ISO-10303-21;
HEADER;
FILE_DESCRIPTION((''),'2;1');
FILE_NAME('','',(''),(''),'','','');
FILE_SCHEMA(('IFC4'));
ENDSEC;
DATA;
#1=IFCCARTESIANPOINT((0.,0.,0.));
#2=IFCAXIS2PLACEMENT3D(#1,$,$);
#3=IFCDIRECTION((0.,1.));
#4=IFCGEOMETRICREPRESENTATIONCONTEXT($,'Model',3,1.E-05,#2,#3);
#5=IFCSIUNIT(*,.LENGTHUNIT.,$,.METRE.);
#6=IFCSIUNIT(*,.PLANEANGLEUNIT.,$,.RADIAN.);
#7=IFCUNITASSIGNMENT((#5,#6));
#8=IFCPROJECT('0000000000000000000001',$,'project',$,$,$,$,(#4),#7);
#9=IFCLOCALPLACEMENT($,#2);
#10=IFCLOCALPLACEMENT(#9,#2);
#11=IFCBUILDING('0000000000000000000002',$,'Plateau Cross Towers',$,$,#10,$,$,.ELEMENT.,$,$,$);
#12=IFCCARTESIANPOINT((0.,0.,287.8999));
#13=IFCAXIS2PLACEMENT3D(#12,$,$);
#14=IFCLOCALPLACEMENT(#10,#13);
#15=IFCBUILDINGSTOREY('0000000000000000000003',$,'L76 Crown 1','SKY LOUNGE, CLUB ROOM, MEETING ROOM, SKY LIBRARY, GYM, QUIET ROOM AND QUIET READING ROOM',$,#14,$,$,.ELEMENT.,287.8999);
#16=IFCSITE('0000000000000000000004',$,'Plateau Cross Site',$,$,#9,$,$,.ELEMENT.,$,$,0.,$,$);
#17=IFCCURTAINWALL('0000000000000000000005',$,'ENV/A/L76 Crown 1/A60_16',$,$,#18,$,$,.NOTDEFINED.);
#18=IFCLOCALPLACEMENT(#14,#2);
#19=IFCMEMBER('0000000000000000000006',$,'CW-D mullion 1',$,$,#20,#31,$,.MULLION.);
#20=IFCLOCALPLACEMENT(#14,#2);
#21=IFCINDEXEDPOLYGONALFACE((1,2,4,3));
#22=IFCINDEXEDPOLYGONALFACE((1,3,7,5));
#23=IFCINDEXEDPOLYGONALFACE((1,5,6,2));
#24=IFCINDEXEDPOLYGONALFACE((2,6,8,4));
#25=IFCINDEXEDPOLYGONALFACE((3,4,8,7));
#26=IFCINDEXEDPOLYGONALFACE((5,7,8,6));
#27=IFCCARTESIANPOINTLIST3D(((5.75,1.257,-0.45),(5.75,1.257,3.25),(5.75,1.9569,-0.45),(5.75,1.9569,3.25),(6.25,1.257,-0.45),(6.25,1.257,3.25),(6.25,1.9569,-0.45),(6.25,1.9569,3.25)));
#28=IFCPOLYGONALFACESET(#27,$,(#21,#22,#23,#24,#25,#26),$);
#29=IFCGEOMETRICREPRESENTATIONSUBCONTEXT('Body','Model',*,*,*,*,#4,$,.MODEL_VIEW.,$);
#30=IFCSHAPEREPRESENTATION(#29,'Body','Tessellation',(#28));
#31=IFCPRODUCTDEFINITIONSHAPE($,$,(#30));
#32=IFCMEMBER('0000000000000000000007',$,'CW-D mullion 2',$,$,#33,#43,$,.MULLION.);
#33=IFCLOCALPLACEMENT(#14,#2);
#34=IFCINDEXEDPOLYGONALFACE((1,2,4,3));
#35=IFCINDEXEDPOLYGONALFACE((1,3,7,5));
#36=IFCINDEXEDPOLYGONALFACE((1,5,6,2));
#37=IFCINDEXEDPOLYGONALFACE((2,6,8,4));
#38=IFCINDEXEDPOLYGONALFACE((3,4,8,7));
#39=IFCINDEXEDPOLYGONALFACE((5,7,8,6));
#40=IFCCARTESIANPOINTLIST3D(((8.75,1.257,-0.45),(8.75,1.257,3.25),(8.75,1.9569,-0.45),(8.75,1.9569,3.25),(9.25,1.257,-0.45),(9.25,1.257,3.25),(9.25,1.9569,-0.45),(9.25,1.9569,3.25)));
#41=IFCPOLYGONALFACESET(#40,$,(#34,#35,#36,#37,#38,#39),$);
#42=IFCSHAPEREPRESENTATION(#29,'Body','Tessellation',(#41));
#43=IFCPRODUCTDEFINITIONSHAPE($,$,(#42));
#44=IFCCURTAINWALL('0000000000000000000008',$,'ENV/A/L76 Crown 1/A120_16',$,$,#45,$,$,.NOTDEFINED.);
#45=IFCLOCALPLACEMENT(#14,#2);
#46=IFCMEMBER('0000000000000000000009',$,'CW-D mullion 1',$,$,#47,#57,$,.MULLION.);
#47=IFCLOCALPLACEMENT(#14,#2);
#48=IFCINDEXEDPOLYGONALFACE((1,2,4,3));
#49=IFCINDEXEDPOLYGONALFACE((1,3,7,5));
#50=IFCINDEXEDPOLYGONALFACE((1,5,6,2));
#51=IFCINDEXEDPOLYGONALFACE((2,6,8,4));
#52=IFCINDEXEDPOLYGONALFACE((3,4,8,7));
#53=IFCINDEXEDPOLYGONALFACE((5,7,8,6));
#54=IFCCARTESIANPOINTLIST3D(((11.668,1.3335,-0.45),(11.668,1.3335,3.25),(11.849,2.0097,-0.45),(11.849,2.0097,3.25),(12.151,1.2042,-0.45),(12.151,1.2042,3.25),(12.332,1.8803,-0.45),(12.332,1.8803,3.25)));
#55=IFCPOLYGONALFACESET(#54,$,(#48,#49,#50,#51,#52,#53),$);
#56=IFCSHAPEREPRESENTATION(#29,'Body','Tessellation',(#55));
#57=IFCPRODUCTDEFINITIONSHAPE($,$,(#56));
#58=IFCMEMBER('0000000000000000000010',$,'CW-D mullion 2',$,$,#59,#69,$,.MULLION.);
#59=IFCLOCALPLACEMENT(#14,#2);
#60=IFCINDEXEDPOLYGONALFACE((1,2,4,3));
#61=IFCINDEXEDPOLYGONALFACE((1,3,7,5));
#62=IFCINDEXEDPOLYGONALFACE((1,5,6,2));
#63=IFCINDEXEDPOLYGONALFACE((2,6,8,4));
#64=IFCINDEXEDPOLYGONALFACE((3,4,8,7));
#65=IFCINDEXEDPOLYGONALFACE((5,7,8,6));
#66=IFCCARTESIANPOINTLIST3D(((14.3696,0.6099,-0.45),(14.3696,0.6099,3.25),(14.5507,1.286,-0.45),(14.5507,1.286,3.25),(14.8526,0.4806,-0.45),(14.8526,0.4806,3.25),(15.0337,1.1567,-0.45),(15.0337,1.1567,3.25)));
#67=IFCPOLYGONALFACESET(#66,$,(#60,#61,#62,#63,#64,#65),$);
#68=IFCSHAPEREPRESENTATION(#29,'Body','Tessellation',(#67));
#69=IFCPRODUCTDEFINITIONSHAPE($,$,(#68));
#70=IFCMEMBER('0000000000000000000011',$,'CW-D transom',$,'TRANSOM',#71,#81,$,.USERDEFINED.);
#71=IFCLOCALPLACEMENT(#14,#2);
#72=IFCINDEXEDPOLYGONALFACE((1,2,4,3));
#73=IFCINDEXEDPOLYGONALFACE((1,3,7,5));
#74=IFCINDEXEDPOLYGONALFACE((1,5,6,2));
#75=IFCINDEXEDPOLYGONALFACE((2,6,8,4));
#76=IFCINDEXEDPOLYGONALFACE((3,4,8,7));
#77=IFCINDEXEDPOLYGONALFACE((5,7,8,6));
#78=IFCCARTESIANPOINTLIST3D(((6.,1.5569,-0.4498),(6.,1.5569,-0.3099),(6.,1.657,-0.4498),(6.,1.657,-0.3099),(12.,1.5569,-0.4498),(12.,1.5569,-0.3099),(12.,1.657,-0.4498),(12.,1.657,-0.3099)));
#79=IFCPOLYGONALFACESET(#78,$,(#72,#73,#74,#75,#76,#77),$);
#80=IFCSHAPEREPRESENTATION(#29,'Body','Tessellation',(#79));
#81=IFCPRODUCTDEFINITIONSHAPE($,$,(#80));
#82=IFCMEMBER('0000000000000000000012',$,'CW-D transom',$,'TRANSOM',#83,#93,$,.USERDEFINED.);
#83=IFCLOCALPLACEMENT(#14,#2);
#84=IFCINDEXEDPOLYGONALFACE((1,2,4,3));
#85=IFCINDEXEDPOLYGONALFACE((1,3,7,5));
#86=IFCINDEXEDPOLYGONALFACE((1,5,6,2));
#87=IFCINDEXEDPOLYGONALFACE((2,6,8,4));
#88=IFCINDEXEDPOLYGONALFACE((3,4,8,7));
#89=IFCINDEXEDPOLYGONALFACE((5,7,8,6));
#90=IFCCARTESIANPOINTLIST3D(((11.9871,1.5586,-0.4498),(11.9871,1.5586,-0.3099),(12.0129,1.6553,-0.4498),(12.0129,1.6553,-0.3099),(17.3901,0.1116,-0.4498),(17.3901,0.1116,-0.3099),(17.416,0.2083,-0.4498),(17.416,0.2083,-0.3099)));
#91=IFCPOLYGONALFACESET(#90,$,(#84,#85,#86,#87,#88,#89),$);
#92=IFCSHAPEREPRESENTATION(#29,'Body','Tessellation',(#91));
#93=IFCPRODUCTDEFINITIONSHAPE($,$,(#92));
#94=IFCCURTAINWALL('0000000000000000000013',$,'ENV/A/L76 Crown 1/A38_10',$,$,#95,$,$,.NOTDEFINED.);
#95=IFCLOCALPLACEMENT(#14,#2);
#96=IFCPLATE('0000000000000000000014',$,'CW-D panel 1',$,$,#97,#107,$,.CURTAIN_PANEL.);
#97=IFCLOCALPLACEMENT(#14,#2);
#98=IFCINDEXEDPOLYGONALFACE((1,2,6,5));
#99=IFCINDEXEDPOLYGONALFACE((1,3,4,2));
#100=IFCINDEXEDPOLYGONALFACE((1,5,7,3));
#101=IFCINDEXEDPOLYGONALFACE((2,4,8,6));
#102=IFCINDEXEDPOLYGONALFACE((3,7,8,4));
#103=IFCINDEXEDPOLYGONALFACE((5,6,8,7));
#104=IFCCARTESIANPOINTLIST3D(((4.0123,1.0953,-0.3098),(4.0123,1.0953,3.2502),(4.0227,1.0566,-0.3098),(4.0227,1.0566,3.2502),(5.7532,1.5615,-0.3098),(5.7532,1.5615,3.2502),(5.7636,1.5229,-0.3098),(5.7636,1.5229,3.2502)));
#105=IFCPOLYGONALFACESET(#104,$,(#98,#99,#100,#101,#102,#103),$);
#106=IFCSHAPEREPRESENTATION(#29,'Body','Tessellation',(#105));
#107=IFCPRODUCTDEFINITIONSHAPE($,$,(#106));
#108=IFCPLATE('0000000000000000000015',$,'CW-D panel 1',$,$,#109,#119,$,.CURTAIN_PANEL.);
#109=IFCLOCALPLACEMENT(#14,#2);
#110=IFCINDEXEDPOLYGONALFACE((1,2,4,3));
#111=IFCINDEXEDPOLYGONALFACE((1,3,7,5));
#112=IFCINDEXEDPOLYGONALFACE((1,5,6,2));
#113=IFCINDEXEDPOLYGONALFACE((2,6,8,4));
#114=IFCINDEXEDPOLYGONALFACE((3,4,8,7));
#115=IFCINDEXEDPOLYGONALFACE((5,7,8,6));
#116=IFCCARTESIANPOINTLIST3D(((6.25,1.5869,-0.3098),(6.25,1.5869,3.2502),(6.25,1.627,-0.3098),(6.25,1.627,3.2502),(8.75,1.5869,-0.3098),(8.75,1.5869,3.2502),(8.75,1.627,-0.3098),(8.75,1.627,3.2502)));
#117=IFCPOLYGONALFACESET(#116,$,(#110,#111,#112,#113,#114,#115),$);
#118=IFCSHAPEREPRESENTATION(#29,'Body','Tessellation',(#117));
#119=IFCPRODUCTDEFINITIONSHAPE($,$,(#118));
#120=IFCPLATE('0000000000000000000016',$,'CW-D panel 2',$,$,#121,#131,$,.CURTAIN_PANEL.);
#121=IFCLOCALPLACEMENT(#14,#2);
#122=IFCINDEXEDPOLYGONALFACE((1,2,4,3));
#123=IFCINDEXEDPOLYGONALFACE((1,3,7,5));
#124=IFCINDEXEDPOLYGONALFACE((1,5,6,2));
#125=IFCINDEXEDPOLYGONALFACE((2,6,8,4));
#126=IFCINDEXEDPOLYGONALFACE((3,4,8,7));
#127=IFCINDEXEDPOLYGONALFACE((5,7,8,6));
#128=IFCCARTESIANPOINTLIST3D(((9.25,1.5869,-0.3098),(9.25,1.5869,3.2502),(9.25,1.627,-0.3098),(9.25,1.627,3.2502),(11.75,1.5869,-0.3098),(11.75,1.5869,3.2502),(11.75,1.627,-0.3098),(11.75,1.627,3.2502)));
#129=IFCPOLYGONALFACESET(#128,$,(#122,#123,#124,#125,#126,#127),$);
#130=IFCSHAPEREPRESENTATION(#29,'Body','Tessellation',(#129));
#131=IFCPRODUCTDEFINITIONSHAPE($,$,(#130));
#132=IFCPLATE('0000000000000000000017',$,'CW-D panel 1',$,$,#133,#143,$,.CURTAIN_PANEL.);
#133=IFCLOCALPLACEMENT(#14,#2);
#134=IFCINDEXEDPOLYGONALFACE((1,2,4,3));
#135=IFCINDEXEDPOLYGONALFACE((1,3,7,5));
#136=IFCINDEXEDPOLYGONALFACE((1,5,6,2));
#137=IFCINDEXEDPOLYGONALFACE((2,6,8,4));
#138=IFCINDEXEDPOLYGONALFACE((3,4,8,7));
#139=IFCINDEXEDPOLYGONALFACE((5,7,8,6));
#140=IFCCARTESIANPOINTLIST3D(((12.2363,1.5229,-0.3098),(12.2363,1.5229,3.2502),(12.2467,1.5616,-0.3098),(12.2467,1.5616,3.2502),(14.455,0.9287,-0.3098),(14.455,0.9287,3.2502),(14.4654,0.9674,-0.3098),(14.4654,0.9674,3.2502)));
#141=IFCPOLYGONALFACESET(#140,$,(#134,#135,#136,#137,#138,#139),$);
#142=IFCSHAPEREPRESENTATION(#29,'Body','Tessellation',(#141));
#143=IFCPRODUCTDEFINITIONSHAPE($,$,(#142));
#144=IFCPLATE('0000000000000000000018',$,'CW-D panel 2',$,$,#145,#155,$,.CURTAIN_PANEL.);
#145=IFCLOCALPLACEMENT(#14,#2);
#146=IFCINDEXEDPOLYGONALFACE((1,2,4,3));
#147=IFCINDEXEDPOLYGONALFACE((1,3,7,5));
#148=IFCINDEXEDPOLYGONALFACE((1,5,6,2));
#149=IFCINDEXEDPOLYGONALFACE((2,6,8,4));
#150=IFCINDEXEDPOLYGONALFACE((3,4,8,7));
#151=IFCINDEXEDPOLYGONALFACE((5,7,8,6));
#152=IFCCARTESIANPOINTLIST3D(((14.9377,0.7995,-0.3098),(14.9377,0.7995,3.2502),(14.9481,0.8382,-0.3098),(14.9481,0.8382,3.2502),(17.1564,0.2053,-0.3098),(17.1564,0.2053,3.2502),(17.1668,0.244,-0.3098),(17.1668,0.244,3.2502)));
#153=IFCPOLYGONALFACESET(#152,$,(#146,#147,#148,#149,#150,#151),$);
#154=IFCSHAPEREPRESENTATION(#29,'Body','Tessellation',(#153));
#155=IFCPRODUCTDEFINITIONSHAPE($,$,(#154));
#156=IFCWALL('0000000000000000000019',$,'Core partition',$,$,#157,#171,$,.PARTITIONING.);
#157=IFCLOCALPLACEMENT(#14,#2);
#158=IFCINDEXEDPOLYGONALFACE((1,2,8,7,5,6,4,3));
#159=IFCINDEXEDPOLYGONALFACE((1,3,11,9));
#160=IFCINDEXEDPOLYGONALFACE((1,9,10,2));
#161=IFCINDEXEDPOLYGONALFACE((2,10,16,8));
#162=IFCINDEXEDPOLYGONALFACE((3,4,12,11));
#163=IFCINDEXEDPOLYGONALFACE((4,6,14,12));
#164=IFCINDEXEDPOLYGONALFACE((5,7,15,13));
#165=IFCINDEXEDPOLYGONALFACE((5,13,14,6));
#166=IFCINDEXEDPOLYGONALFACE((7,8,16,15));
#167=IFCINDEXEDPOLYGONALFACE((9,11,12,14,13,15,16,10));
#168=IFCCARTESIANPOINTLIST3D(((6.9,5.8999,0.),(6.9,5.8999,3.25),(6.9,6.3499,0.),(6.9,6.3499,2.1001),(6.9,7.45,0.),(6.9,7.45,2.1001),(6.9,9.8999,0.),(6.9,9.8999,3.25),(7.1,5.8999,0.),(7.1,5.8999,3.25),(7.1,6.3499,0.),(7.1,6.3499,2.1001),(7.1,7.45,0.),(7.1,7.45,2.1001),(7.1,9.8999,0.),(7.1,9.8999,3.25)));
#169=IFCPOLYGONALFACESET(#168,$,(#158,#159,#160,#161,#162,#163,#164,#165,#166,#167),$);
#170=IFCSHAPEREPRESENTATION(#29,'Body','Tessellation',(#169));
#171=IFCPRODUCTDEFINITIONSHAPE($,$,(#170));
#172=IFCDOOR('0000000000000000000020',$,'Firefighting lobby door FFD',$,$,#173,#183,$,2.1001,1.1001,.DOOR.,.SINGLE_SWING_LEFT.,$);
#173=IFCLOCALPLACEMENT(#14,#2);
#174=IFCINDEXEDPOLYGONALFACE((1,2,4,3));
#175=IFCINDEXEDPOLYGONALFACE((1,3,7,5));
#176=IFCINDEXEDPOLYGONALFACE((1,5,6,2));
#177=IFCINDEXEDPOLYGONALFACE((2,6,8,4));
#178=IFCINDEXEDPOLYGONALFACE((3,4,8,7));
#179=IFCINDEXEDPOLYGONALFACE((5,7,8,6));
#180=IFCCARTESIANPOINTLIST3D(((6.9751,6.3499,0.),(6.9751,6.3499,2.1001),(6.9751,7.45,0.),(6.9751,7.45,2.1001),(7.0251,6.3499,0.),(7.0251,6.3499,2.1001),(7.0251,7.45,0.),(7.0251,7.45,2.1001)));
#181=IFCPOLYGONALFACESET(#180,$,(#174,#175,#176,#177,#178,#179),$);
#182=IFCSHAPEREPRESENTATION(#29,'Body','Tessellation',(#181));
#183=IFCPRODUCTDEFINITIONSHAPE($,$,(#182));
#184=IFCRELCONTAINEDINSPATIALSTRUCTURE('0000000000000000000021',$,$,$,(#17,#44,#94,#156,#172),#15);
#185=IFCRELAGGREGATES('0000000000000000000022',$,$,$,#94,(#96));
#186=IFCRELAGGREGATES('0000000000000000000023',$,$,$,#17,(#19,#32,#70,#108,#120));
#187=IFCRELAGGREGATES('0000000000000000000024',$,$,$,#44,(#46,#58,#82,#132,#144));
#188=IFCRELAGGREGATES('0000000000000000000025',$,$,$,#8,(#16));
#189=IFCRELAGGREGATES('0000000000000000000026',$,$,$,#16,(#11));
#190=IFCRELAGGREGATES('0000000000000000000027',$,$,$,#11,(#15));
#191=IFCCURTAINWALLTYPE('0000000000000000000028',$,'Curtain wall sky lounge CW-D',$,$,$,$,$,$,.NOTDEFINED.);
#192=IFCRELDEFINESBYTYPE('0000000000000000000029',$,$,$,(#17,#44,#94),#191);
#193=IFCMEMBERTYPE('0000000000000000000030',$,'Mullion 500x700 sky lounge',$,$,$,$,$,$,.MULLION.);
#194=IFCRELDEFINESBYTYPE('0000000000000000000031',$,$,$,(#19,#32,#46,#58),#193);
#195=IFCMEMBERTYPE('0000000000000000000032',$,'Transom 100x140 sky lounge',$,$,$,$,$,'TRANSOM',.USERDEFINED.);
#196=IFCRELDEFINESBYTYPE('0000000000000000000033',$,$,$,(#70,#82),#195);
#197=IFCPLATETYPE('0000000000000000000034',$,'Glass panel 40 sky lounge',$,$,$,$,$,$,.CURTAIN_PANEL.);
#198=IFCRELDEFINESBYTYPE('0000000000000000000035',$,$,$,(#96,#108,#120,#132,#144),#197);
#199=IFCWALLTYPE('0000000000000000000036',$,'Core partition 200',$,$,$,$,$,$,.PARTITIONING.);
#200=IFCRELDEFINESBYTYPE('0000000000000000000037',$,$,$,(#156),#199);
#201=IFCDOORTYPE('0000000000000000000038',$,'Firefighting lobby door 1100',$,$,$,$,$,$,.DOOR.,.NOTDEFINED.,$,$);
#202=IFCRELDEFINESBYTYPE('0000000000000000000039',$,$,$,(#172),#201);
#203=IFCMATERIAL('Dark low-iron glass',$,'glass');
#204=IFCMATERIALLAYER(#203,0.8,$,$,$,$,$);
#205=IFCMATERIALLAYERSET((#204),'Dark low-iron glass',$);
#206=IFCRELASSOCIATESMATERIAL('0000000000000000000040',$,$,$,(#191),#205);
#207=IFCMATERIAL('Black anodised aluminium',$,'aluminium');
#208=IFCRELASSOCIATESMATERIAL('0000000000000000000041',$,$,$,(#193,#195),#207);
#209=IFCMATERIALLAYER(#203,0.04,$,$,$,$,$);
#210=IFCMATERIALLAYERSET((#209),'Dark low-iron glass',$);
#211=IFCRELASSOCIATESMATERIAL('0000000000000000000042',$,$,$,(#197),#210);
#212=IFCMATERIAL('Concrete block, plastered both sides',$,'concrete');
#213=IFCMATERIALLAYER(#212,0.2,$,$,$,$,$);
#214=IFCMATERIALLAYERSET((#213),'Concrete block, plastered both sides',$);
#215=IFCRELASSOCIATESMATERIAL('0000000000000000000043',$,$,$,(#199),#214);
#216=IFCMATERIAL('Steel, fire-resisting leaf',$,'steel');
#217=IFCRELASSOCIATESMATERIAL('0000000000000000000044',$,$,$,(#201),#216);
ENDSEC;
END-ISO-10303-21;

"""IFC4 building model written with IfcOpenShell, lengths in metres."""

from ifc_helpers import new_model, si_unit, direction, frame, frame_2d, origin, origin_2d, place, context, subcontext, project, spatial, rectangle, extrude, material, layer, layer_set, material_profile, profile_set, type_object, element, fill, aggregate, save


model = new_model("IFC4")

# Units and contexts
model_context = context("Model", 3, precision=1e-05, world=origin(), true_north=direction((0.0, 1.0)))
body_context = subcontext(model_context, "Body", "Model", "MODEL_VIEW")
ifc_project = project(units=[si_unit("LENGTHUNIT", "METRE"), si_unit("PLANEANGLEUNIT", "RADIAN")], contexts=[model_context])

# Site, building, storey
site_placement = place(None, origin())
site = spatial("IfcSite", under=ifc_project, at=site_placement, Name="Plateau Cross Site", CompositionType="ELEMENT", RefElevation=0.0)
building_placement = place(site_placement, origin())
building = spatial("IfcBuilding", under=site, at=building_placement, Name="Plateau Cross Towers", CompositionType="ELEMENT")
storey_placement = place(building_placement, frame((0.0, 0.0, 287.8999)))
storey = spatial("IfcBuildingStorey", under=building, at=storey_placement, Name="L76 Crown 1", Description="SKY LOUNGE, CLUB ROOM, MEETING ROOM, SKY LIBRARY, GYM, QUIET ROOM AND QUIET READING ROOM", CompositionType="ELEMENT", Elevation=287.8999)

# Curtain walls, members
ifc_material_1 = material(Name="Dark low-iron glass", Category="glass")
ifc_layer_1 = layer(ifc_material_1, 0.8)
ifc_layer_set_1 = layer_set([ifc_layer_1], Name="Dark low-iron glass")
curtain_wall_type = type_object("IfcCurtainWallType", Name="Curtain wall sky lounge CW-D", PredefinedType="NOTDEFINED", material=ifc_layer_set_1)
curtain_wall_1_placement = place(storey_placement, origin())
curtain_wall_1 = element("IfcCurtainWall", 1, at=curtain_wall_1_placement, inside=storey, type_object=curtain_wall_type, Name="ENV/A/L76 Crown 1/A60_16", PredefinedType="NOTDEFINED")
ifc_material_2 = material(Name="Black anodised aluminium", Category="aluminium")
ifc_material_profile_1 = material_profile(ifc_material_2, rectangle(XDim=0.5, YDim=0.7, at=origin_2d()), Name="MULLION 500x700")
ifc_profile_set_1 = profile_set([ifc_material_profile_1], Name="Black anodised aluminium")
member_type_1 = type_object("IfcMemberType", Name="Mullion 500x700 sky lounge", PredefinedType="MULLION", material=ifc_profile_set_1)
member_1_placement = place(storey_placement, frame((6.0, 1.6069, -0.45), z_axis=(0.0, 0.0, 1.0), x_axis=(1.0, 0.0, 0.0)))
member_1 = element("IfcMember", 2, at=member_1_placement, type_object=member_type_1, Name="CW-D mullion 1", PredefinedType="MULLION", context=body_context, shape_type="SweptSolid", body=[
    extrude(rectangle(XDim=0.5, YDim=0.7, at=origin_2d()), origin(), (0.0, 0.0, 1.0), 3.7),
])
member_2_placement = place(storey_placement, frame((9.0, 1.6069, -0.45), z_axis=(0.0, 0.0, 1.0), x_axis=(1.0, 0.0, 0.0)))
member_2 = element("IfcMember", 3, at=member_2_placement, type_object=member_type_1, Name="CW-D mullion 2", PredefinedType="MULLION", context=body_context, shape_type="SweptSolid", body=[
    extrude(rectangle(XDim=0.5, YDim=0.7, at=origin_2d()), origin(), (0.0, 0.0, 1.0), 3.7),
])
curtain_wall_2_placement = place(storey_placement, origin())
curtain_wall_2 = element("IfcCurtainWall", 4, at=curtain_wall_2_placement, inside=storey, type_object=curtain_wall_type, Name="ENV/A/L76 Crown 1/A120_16", PredefinedType="NOTDEFINED")
member_3_placement = place(storey_placement, frame((12.0, 1.6069, -0.45), z_axis=(0.0, 0.0, 1.0), x_axis=(0.965958, -0.258699, 0.0)))
member_3 = element("IfcMember", 5, at=member_3_placement, type_object=member_type_1, Name="CW-D mullion 1", PredefinedType="MULLION", context=body_context, shape_type="SweptSolid", body=[
    extrude(rectangle(XDim=0.5, YDim=0.7, at=origin_2d()), origin(), (0.0, 0.0, 1.0), 3.7),
])
member_4_placement = place(storey_placement, frame((14.7017, 0.8833, -0.45), z_axis=(0.0, 0.0, 1.0), x_axis=(0.965958, -0.258699, 0.0)))
member_4 = element("IfcMember", 6, at=member_4_placement, type_object=member_type_1, Name="CW-D mullion 2", PredefinedType="MULLION", context=body_context, shape_type="SweptSolid", body=[
    extrude(rectangle(XDim=0.5, YDim=0.7, at=origin_2d()), origin(), (0.0, 0.0, 1.0), 3.7),
])

# Members
ifc_material_profile_2 = material_profile(ifc_material_2, rectangle(XDim=0.1001, YDim=0.1399, at=origin_2d()), Name="TRANSOM 100x140")
ifc_profile_set_2 = profile_set([ifc_material_profile_2], Name="Black anodised aluminium")
member_type_2 = type_object("IfcMemberType", Name="Transom 100x140 sky lounge", ElementType="TRANSOM", PredefinedType="USERDEFINED", material=ifc_profile_set_2)
member_5_placement = place(storey_placement, frame((6.0, 1.6069, -0.3799), z_axis=(1.0, 0.0, 0.0), x_axis=(0.0, 1.0, 0.0)))
member_5 = element("IfcMember", 7, at=member_5_placement, type_object=member_type_2, Name="CW-D transom", ObjectType="TRANSOM", PredefinedType="USERDEFINED", context=body_context, shape_type="SweptSolid", body=[
    extrude(rectangle(XDim=0.1001, YDim=0.1399, at=origin_2d()), origin(), (0.0, 0.0, 1.0), 6.0),
])
member_6_placement = place(storey_placement, frame((12.0, 1.6069, -0.3799), z_axis=(0.965958, -0.258698, 0.0), x_axis=(0.258698, 0.965958, 0.0)))
member_6 = element("IfcMember", 8, at=member_6_placement, type_object=member_type_2, Name="CW-D transom", ObjectType="TRANSOM", PredefinedType="USERDEFINED", context=body_context, shape_type="SweptSolid", body=[
    extrude(rectangle(XDim=0.1001, YDim=0.1399, at=origin_2d()), origin(), (0.0, 0.0, 1.0), 5.5935),
])

# Curtain wall, plate
curtain_wall_3_placement = place(storey_placement, origin())
curtain_wall_3 = element("IfcCurtainWall", 9, at=curtain_wall_3_placement, inside=storey, type_object=curtain_wall_type, Name="ENV/A/L76 Crown 1/A38_10", PredefinedType="NOTDEFINED")
ifc_layer_2 = layer(ifc_material_1, 0.04)
ifc_layer_set_2 = layer_set([ifc_layer_2], Name="Dark low-iron glass")
plate_type = type_object("IfcPlateType", Name="Glass panel 40 sky lounge", PredefinedType="CURTAIN_PANEL", material=ifc_layer_set_2)
plate_1_placement = place(storey_placement, frame((4.8879, 1.3091, -0.3098), z_axis=(0.0, 0.0, 1.0), x_axis=(0.965958, 0.258699, 0.0)))
plate_1 = element("IfcPlate", 10, at=plate_1_placement, type_object=plate_type, Name="CW-D panel 1", PredefinedType="CURTAIN_PANEL", context=body_context, shape_type="SweptSolid", body=[
    extrude(rectangle(XDim=1.8022, YDim=0.04, at=origin_2d()), origin(), (0.0, 0.0, 1.0), 3.5601),
])
aggregate(curtain_wall_3, [plate_1])

# Plates
plate_2_placement = place(storey_placement, frame((7.5, 1.6069, -0.3098), z_axis=(0.0, 0.0, 1.0), x_axis=(1.0, 0.0, 0.0)))
plate_2 = element("IfcPlate", 11, at=plate_2_placement, type_object=plate_type, Name="CW-D panel 1", PredefinedType="CURTAIN_PANEL", context=body_context, shape_type="SweptSolid", body=[
    extrude(rectangle(XDim=2.5, YDim=0.04, at=origin_2d()), origin(), (0.0, 0.0, 1.0), 3.5601),
])
plate_3_placement = place(storey_placement, frame((10.5, 1.6069, -0.3098), z_axis=(0.0, 0.0, 1.0), x_axis=(1.0, 0.0, 0.0)))
plate_3 = element("IfcPlate", 12, at=plate_3_placement, type_object=plate_type, Name="CW-D panel 2", PredefinedType="CURTAIN_PANEL", context=body_context, shape_type="SweptSolid", body=[
    extrude(rectangle(XDim=2.5, YDim=0.04, at=origin_2d()), origin(), (0.0, 0.0, 1.0), 3.5601),
])
aggregate(curtain_wall_1, [member_1, member_2, member_5, plate_2, plate_3])
plate_4_placement = place(storey_placement, frame((13.3508, 1.2451, -0.3098), z_axis=(0.0, 0.0, 1.0), x_axis=(0.965958, -0.258699, 0.0)))
plate_4 = element("IfcPlate", 13, at=plate_4_placement, type_object=plate_type, Name="CW-D panel 1", PredefinedType="CURTAIN_PANEL", context=body_context, shape_type="SweptSolid", body=[
    extrude(rectangle(XDim=2.2969, YDim=0.04, at=origin_2d()), origin(), (0.0, 0.0, 1.0), 3.5601),
])
plate_5_placement = place(storey_placement, frame((16.0522, 0.5217, -0.3098), z_axis=(0.0, 0.0, 1.0), x_axis=(0.965958, -0.258699, 0.0)))
plate_5 = element("IfcPlate", 14, at=plate_5_placement, type_object=plate_type, Name="CW-D panel 2", PredefinedType="CURTAIN_PANEL", context=body_context, shape_type="SweptSolid", body=[
    extrude(rectangle(XDim=2.2969, YDim=0.04, at=origin_2d()), origin(), (0.0, 0.0, 1.0), 3.5601),
])
aggregate(curtain_wall_2, [member_3, member_4, member_6, plate_4, plate_5])

# Wall, opening, door
ifc_material_3 = material(Name="Concrete block, plastered both sides", Category="concrete")
ifc_layer_3 = layer(ifc_material_3, 0.2)
ifc_layer_set_3 = layer_set([ifc_layer_3], Name="Concrete block, plastered both sides")
wall_type_1 = type_object("IfcWallType", Name="Core partition 200", PredefinedType="PARTITIONING", material=ifc_layer_set_3)
wall_1_placement = place(storey_placement, frame((7.0, 5.8999, 0.0), z_axis=(0.0, 0.0, 1.0), x_axis=(0.0, 1.0, 0.0)))
wall_1 = element("IfcWall", 15, at=wall_1_placement, inside=storey, type_object=wall_type_1, Name="Core partition", PredefinedType="PARTITIONING", context=body_context, shape_type="SweptSolid", body=[
    extrude(rectangle(XDim=4.0, YDim=0.2, at=frame_2d((2.0, 0.0))), origin(), (0.0, 0.0, 1.0), 3.25),
])
opening_placement = place(wall_1_placement, frame((0.45, 0.0, 0.0)))
opening = element("IfcOpeningElement", 16, at=opening_placement, cuts=wall_1, PredefinedType="OPENING", context=body_context, shape_type="SweptSolid", body=[
    extrude(rectangle(XDim=1.1001, YDim=2.1001, at=frame_2d((0.55, 1.05))), frame((0.0, 0.1099, 0.0), z_axis=(0.0, -1.0, 0.0), x_axis=(1.0, 0.0, 0.0)), (0.0, 0.0, 1.0), 0.22),
])
ifc_material_4 = material(Name="Steel, fire-resisting leaf", Category="steel")
door_type = type_object("IfcDoorType", Name="Firefighting lobby door 1100", OperationType="NOTDEFINED", PredefinedType="DOOR", material=ifc_material_4)
door_placement = place(opening_placement, origin())
door = element("IfcDoor", 17, at=door_placement, inside=storey, type_object=door_type, Name="Firefighting lobby door FFD", OperationType="SINGLE_SWING_LEFT", OverallHeight=2.1001, OverallWidth=1.1001, PredefinedType="DOOR", context=body_context, shape_type="SweptSolid", body=[
    extrude(rectangle(XDim=1.1001, YDim=2.1001, at=frame_2d((0.55, 1.05))), frame((0.0, 0.0249, 0.0), z_axis=(0.0, -1.0, 0.0), x_axis=(1.0, 0.0, 0.0)), (0.0, 0.0, 1.0), 0.05),
])
fill(opening, door)

save(model, "model.ifc")
